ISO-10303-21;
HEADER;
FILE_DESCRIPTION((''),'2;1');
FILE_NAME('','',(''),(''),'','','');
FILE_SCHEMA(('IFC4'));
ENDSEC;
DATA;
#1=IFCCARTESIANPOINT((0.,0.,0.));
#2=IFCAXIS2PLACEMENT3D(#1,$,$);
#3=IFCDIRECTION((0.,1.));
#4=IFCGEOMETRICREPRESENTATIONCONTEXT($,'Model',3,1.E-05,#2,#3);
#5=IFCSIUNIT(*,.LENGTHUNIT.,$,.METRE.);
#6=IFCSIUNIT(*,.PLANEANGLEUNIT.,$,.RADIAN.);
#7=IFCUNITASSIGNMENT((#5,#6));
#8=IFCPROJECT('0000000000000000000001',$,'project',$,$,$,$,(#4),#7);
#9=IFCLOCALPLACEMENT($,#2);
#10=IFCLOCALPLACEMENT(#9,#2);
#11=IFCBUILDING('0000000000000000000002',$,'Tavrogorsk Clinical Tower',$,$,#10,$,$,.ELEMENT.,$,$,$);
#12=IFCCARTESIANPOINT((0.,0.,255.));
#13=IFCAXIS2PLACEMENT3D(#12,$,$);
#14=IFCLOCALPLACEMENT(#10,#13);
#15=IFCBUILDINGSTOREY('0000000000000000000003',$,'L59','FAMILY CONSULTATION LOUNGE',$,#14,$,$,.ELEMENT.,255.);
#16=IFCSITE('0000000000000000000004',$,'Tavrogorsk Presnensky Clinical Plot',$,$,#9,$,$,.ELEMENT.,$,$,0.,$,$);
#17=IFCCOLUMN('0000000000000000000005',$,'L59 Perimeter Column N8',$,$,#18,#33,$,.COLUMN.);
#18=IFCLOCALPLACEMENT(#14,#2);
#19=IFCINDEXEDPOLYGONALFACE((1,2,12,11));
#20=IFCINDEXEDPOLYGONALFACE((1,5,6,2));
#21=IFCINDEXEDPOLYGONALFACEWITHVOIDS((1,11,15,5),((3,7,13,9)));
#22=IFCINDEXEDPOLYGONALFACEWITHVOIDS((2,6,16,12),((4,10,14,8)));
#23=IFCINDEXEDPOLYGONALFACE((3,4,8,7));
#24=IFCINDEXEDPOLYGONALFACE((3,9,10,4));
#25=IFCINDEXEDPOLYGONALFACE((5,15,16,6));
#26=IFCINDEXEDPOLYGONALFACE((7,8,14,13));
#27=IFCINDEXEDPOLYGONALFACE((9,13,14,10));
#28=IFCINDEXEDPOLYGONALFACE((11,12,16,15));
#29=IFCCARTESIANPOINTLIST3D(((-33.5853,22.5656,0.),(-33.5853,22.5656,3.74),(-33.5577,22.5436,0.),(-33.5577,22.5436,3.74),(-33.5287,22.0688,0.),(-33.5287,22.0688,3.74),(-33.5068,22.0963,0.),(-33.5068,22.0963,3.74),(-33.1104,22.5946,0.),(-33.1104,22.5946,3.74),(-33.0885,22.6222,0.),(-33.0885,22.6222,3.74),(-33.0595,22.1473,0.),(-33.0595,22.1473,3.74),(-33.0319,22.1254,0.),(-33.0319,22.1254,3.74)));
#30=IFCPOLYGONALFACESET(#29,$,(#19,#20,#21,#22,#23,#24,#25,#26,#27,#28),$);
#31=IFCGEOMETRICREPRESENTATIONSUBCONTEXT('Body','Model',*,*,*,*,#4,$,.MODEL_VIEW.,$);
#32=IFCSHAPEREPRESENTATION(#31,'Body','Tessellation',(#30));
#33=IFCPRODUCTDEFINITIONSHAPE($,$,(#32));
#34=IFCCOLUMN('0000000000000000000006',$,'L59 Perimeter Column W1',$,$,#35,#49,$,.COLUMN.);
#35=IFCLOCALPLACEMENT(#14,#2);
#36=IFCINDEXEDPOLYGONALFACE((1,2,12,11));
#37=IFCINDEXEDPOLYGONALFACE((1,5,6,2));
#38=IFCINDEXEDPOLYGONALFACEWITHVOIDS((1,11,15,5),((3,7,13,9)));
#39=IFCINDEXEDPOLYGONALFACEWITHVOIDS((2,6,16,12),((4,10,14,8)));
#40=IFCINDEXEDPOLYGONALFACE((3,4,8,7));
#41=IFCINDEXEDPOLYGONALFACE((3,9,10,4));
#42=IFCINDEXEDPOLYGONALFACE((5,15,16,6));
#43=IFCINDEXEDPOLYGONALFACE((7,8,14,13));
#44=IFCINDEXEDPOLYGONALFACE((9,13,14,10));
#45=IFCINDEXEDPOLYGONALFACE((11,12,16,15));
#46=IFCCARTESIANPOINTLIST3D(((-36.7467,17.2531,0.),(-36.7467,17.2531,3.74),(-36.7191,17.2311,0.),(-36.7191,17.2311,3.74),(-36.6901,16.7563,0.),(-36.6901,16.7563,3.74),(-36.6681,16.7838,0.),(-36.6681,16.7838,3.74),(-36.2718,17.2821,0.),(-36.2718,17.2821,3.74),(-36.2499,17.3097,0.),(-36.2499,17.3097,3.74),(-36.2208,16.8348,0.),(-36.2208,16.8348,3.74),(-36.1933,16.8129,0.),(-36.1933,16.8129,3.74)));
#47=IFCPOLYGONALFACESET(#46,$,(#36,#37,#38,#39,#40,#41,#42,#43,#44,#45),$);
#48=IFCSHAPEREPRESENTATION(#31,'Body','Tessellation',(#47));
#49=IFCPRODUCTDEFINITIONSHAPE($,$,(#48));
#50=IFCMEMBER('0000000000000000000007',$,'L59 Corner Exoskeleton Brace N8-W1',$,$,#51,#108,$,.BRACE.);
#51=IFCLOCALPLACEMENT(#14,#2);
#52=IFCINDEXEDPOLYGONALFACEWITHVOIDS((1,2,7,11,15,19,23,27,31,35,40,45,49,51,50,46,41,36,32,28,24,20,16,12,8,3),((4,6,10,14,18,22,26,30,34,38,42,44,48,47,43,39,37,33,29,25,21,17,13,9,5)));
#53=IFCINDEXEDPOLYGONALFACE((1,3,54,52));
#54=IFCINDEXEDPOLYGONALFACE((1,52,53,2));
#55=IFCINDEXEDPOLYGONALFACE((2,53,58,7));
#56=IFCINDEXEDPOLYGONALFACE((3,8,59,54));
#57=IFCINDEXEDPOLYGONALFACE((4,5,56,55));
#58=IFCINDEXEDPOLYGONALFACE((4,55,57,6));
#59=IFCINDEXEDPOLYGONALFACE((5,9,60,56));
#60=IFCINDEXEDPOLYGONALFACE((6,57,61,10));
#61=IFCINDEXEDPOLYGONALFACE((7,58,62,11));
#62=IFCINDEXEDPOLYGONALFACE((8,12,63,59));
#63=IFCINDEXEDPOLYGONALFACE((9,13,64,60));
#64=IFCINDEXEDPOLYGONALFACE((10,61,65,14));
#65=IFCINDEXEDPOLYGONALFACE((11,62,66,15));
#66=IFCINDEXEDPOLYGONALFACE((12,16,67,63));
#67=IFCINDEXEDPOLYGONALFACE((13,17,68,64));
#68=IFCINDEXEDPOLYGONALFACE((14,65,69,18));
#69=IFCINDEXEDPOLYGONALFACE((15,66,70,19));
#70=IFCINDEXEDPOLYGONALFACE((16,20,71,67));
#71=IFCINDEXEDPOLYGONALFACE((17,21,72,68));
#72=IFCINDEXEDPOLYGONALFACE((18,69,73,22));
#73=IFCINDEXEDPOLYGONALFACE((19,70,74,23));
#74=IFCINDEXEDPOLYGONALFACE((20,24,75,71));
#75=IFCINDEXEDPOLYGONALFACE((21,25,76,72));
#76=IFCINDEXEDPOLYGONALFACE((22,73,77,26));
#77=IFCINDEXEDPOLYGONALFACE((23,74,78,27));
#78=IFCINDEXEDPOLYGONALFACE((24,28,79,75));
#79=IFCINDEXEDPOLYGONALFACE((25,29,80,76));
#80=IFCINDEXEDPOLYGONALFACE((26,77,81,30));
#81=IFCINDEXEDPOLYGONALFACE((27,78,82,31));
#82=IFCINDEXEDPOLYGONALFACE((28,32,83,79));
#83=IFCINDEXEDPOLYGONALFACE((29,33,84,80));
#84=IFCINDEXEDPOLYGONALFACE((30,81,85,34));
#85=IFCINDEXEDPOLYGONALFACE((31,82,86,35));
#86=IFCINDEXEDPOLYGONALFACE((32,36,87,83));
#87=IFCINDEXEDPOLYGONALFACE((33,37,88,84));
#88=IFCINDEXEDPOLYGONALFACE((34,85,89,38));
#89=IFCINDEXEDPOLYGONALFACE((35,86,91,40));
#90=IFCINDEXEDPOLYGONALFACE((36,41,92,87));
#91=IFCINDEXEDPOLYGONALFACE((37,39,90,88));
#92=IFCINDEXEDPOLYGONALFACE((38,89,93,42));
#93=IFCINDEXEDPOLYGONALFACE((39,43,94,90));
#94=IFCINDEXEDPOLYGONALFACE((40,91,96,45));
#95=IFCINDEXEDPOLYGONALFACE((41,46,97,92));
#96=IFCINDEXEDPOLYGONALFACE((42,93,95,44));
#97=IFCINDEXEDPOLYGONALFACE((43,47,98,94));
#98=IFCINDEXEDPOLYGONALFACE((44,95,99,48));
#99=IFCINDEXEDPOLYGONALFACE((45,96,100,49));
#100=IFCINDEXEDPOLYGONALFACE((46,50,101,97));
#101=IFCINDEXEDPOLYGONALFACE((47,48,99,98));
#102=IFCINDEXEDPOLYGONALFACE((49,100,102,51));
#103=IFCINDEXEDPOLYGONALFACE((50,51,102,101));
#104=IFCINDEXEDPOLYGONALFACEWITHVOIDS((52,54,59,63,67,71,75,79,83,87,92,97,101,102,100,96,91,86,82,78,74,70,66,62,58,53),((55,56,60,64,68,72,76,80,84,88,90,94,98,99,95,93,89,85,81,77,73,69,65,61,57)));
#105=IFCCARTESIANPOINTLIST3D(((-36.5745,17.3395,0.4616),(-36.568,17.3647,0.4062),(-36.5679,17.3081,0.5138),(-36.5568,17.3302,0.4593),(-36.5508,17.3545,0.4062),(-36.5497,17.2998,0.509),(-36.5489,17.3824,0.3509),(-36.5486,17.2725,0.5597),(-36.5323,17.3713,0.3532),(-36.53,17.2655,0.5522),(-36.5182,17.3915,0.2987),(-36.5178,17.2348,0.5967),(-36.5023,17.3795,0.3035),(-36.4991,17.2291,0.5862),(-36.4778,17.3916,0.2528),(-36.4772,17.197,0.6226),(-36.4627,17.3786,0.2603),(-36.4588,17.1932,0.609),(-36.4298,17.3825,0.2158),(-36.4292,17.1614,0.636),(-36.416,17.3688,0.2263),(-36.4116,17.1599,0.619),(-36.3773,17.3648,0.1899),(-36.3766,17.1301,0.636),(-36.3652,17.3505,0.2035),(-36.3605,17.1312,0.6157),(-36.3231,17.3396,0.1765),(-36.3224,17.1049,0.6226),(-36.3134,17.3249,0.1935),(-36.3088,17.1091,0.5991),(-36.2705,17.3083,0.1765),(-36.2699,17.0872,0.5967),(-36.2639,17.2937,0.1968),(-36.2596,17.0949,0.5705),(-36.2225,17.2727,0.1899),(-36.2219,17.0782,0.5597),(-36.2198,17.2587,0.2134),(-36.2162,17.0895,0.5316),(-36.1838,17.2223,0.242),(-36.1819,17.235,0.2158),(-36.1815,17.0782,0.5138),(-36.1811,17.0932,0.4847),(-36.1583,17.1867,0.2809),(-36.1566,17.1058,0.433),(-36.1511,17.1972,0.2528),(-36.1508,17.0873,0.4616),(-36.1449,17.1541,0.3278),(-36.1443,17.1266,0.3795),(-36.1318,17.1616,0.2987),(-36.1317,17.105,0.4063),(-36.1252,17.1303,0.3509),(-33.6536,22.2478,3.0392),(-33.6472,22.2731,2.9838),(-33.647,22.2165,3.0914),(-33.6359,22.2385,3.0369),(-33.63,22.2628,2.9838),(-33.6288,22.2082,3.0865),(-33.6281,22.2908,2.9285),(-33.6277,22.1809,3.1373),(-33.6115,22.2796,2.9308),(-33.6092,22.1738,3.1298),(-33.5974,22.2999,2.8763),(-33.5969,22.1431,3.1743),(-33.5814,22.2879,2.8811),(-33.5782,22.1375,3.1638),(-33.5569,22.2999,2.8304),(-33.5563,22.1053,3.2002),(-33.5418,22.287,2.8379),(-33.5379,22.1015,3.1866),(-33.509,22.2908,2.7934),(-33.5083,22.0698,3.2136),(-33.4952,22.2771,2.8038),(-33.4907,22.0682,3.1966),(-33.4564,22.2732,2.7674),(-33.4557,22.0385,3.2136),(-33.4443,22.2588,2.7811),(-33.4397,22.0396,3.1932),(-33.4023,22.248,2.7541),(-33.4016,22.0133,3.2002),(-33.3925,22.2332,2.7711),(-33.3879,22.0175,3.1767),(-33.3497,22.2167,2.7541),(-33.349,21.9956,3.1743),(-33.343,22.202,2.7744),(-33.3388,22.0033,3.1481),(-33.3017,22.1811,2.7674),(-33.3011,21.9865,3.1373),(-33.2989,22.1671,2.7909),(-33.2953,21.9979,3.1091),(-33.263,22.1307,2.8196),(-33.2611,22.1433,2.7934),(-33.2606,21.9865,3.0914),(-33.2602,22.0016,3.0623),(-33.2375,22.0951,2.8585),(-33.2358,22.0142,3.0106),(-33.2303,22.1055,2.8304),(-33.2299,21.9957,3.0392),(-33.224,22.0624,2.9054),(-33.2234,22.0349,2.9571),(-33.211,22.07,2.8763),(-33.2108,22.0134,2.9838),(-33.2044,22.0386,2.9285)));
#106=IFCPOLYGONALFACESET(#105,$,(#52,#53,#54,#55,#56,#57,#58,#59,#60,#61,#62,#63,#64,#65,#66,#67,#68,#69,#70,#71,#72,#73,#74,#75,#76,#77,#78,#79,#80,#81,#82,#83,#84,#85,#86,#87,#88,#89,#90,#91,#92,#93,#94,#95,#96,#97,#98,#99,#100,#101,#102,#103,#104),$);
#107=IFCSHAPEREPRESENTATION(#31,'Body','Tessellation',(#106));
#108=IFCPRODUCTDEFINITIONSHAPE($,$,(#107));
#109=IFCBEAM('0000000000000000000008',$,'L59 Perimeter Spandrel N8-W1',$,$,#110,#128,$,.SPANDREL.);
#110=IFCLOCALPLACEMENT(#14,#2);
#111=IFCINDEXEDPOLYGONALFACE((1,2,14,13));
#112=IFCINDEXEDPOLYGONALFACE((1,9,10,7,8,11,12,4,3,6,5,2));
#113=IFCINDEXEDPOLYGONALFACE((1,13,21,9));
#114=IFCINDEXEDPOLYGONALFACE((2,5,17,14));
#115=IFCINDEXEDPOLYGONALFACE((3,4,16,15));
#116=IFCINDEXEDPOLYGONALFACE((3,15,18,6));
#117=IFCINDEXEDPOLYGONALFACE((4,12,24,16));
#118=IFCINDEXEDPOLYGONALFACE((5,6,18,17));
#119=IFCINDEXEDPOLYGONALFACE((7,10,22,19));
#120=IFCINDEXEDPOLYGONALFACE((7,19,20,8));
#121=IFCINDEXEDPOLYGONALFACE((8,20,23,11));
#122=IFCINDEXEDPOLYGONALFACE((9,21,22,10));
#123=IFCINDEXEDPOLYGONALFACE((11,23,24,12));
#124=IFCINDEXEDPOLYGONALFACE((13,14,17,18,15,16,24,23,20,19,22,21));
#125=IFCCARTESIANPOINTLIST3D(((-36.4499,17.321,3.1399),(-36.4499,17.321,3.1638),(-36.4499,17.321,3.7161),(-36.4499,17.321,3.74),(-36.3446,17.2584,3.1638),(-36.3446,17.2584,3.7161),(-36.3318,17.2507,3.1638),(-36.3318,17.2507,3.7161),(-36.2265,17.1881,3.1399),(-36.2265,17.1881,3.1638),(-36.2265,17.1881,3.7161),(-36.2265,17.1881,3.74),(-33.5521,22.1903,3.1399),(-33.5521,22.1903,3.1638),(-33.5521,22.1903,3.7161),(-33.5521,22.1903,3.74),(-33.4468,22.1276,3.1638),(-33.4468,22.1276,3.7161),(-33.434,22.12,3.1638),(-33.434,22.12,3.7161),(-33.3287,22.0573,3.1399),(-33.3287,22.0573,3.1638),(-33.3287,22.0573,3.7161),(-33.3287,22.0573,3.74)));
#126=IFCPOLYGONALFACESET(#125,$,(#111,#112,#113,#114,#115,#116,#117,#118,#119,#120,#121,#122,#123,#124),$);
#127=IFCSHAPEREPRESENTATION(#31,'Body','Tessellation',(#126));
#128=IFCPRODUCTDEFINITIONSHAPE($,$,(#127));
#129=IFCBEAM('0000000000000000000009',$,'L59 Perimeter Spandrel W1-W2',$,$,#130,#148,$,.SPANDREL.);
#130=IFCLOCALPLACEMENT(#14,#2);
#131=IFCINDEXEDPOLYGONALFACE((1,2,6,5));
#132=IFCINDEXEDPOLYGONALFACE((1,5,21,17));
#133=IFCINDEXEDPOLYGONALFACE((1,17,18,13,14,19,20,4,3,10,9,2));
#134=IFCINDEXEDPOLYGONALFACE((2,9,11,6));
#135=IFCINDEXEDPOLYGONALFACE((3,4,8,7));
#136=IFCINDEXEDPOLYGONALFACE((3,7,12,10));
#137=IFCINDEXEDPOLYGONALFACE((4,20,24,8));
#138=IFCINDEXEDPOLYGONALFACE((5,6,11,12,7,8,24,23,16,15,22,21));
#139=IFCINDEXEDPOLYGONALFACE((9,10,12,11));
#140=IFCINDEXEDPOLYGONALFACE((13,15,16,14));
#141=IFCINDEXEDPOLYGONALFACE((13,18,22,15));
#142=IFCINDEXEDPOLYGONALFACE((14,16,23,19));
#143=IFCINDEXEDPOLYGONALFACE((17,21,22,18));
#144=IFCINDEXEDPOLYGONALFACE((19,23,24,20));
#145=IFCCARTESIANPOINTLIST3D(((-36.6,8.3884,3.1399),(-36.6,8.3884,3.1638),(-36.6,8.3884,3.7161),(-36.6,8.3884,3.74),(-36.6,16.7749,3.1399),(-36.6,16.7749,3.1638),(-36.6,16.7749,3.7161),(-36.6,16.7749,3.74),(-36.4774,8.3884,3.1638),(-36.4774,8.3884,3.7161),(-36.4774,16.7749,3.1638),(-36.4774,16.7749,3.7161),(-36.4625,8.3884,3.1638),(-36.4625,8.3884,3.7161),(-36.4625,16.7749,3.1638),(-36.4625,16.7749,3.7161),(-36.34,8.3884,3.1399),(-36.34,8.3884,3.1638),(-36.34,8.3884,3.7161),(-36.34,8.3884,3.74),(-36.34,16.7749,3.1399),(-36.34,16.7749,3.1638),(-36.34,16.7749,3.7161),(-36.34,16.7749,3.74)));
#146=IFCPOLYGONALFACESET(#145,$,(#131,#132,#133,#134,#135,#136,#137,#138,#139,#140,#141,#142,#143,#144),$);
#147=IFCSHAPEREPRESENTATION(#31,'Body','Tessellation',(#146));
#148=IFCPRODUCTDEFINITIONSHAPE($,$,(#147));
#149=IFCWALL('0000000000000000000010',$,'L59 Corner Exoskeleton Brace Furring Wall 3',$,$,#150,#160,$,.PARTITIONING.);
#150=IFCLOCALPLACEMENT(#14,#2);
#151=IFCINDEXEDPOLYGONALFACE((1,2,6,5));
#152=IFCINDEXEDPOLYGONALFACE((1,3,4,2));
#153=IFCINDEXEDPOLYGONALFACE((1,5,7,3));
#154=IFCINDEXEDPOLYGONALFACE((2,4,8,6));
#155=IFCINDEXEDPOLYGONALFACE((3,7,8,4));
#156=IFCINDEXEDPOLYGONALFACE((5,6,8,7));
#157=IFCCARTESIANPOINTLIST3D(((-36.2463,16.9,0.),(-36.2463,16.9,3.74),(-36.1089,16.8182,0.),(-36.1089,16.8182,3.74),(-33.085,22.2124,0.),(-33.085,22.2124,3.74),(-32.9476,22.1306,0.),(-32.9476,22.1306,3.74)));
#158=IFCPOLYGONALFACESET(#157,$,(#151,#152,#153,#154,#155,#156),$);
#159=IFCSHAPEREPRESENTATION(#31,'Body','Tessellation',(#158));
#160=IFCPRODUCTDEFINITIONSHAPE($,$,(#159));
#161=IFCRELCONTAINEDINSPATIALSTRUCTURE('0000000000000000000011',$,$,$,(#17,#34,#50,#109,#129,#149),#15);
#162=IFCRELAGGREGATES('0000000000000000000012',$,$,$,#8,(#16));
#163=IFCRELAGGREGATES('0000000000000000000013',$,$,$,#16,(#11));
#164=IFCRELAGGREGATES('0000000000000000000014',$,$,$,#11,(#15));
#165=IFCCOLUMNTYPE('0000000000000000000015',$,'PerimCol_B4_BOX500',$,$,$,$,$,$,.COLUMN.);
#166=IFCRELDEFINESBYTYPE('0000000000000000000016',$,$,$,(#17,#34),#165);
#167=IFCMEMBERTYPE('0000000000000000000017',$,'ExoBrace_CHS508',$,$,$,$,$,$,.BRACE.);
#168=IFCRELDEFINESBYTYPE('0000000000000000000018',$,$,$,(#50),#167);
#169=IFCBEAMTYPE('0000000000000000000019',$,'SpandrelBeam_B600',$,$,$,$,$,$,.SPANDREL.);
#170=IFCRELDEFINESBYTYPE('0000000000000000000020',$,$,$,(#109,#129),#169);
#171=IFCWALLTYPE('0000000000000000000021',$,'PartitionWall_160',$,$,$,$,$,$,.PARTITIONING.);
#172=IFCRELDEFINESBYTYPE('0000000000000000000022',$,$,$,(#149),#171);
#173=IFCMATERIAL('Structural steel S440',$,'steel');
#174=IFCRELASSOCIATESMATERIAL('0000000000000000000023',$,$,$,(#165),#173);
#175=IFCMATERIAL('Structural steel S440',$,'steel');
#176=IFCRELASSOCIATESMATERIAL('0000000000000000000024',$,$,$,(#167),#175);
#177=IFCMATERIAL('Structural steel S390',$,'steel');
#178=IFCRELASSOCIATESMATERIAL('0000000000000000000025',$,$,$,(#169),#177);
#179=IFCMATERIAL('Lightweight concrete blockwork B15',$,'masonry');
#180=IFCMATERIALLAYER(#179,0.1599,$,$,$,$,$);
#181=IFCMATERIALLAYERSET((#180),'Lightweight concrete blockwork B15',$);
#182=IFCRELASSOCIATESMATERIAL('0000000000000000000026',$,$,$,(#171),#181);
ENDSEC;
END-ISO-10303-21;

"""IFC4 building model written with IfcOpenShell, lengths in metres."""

from ifc_helpers import new_model, si_unit, direction, frame, frame_2d, origin, origin_2d, place, context, subcontext, project, spatial, rectangle, hollow_rectangle, hollow_circle, i_section, extrude, material, layer, layer_set, material_profile, profile_set, type_object, element, save


model = new_model("IFC4")

# Units and contexts
model_context = context("Model", 3, precision=1e-05, world=origin(), true_north=direction((0.0, 1.0)))
body_context = subcontext(model_context, "Body", "Model", "MODEL_VIEW")
ifc_project = project(units=[si_unit("LENGTHUNIT", "METRE"), si_unit("PLANEANGLEUNIT", "RADIAN")], contexts=[model_context])

# Site, building, storey
site_placement = place(None, origin())
site = spatial("IfcSite", under=ifc_project, at=site_placement, Name="Tavrogorsk Presnensky Clinical Plot", CompositionType="ELEMENT", RefElevation=0.0)
building_placement = place(site_placement, origin())
building = spatial("IfcBuilding", under=site, at=building_placement, Name="Tavrogorsk Clinical Tower", CompositionType="ELEMENT")
storey_placement = place(building_placement, frame((0.0, 0.0, 255.0)))
storey = spatial("IfcBuildingStorey", under=building, at=storey_placement, Name="L59", Description="FAMILY CONSULTATION LOUNGE", CompositionType="ELEMENT", Elevation=255.0)

# Columns
ifc_material_1 = material(Name="Structural steel S440", Category="steel")
ifc_material_profile_1 = material_profile(ifc_material_1, hollow_rectangle(XDim=0.5, YDim=0.5, WallThickness=0.0249, at=origin_2d()), Name="BOX-500x500x25")
ifc_profile_set_1 = profile_set([ifc_material_profile_1], Name="Structural steel S440")
column_type = type_object("IfcColumnType", Name="PerimCol_B4_BOX500", PredefinedType="COLUMN", material=ifc_profile_set_1)
for number, where, z_axis, x_axis, name in (
    (1, (-33.3086, 22.3455, 0.0), (0.0, 0.0, 1.0), (0.993572, 0.113203, 0.0), "L59 Perimeter Column N8"),
    (2, (-36.47, 17.033, 0.0), (0.0, 0.0, 1.0), (0.993572, 0.113203, 0.0), "L59 Perimeter Column W1"),
):
    element("IfcColumn", number, at=place(storey_placement, frame(where, z_axis=z_axis, x_axis=x_axis)), inside=storey, type_object=column_type, Name=name, PredefinedType="COLUMN", context=body_context, shape_type="SweptSolid", body=[
        extrude(hollow_rectangle(XDim=0.5, YDim=0.5, WallThickness=0.0249, at=origin_2d()), origin(), (0.0, 0.0, 1.0), 3.74),
    ])

# Member
ifc_material_2 = material(Name="Structural steel S440", Category="steel")
ifc_material_profile_2 = material_profile(ifc_material_2, hollow_circle(Radius=0.2539, WallThickness=0.02, at=origin_2d()), Name="CHS-508x20")
ifc_profile_set_2 = profile_set([ifc_material_profile_2], Name="Structural steel S440")
member_type = type_object("IfcMemberType", Name="ExoBrace_CHS508", PredefinedType="BRACE", material=ifc_profile_set_2)
member_placement = place(storey_placement, frame((-36.3499, 17.2349, 0.4062), z_axis=(0.466115, 0.783287, 0.411338), x_axis=(-0.859354, 0.511381, 0.0)))
element("IfcMember", 3, at=member_placement, inside=storey, type_object=member_type, Name="L59 Corner Exoskeleton Brace N8-W1", PredefinedType="BRACE", context=body_context, shape_type="SweptSolid", body=[
    extrude(hollow_circle(Radius=0.2539, WallThickness=0.02, at=origin_2d()), origin(), (0.0, 0.0, 1.0), 6.2664),
])

# Beams
ifc_material_3 = material(Name="Structural steel S390", Category="steel")
ifc_material_profile_3 = material_profile(ifc_material_3, i_section(OverallWidth=0.26, OverallDepth=0.6001, WebThickness=0.0149, FlangeThickness=0.0239, at=origin_2d()), Name="B-600x260x15x24")
ifc_profile_set_3 = profile_set([ifc_material_profile_3], Name="Structural steel S390")
beam_type = type_object("IfcBeamType", Name="SpandrelBeam_B600", PredefinedType="SPANDREL", material=ifc_profile_set_3)
beam_1_placement = place(storey_placement, frame((-33.4404, 22.1238, 3.4399), z_axis=(-0.511407, -0.859339, 0.0), x_axis=(0.859339, -0.511407, 0.0)))
element("IfcBeam", 4, at=beam_1_placement, inside=storey, type_object=beam_type, Name="L59 Perimeter Spandrel N8-W1", PredefinedType="SPANDREL", context=body_context, shape_type="SweptSolid", body=[
    extrude(i_section(OverallWidth=0.26, OverallDepth=0.6001, WebThickness=0.0149, FlangeThickness=0.0239, at=origin_2d()), origin(), (0.0, 0.0, 1.0), 5.6663),
])
beam_2_placement = place(storey_placement, frame((-36.47, 16.7749, 3.4399), z_axis=(0.0, -1.0, 0.0), x_axis=(1.0, 0.0, 0.0)))
element("IfcBeam", 5, at=beam_2_placement, inside=storey, type_object=beam_type, Name="L59 Perimeter Spandrel W1-W2", PredefinedType="SPANDREL", context=body_context, shape_type="SweptSolid", body=[
    extrude(i_section(OverallWidth=0.26, OverallDepth=0.6001, WebThickness=0.0149, FlangeThickness=0.0239, at=origin_2d()), origin(), (0.0, 0.0, 1.0), 8.3865),
])

# Wall
ifc_material_4 = material(Name="Lightweight concrete blockwork B15", Category="masonry")
ifc_layer_1 = layer(ifc_material_4, 0.1599)
ifc_layer_set_1 = layer_set([ifc_layer_1], Name="Lightweight concrete blockwork B15")
wall_type_1 = type_object("IfcWallType", Name="PartitionWall_160", PredefinedType="PARTITIONING", material=ifc_layer_set_1)
wall_1_placement = place(storey_placement, frame((-33.0164, 22.1714, 0.0), z_axis=(0.0, 0.0, 1.0), x_axis=(-0.511385, -0.859352, 0.0)))
element("IfcWall", 6, at=wall_1_placement, inside=storey, type_object=wall_type_1, Name="L59 Corner Exoskeleton Brace Furring Wall 3", PredefinedType="PARTITIONING", context=body_context, shape_type="SweptSolid", body=[
    extrude(rectangle(XDim=6.1819, YDim=0.1599, at=frame_2d((3.0908, 0.0))), origin(), (0.0, 0.0, 1.0), 3.74),
])

save(model, "model.ifc")
